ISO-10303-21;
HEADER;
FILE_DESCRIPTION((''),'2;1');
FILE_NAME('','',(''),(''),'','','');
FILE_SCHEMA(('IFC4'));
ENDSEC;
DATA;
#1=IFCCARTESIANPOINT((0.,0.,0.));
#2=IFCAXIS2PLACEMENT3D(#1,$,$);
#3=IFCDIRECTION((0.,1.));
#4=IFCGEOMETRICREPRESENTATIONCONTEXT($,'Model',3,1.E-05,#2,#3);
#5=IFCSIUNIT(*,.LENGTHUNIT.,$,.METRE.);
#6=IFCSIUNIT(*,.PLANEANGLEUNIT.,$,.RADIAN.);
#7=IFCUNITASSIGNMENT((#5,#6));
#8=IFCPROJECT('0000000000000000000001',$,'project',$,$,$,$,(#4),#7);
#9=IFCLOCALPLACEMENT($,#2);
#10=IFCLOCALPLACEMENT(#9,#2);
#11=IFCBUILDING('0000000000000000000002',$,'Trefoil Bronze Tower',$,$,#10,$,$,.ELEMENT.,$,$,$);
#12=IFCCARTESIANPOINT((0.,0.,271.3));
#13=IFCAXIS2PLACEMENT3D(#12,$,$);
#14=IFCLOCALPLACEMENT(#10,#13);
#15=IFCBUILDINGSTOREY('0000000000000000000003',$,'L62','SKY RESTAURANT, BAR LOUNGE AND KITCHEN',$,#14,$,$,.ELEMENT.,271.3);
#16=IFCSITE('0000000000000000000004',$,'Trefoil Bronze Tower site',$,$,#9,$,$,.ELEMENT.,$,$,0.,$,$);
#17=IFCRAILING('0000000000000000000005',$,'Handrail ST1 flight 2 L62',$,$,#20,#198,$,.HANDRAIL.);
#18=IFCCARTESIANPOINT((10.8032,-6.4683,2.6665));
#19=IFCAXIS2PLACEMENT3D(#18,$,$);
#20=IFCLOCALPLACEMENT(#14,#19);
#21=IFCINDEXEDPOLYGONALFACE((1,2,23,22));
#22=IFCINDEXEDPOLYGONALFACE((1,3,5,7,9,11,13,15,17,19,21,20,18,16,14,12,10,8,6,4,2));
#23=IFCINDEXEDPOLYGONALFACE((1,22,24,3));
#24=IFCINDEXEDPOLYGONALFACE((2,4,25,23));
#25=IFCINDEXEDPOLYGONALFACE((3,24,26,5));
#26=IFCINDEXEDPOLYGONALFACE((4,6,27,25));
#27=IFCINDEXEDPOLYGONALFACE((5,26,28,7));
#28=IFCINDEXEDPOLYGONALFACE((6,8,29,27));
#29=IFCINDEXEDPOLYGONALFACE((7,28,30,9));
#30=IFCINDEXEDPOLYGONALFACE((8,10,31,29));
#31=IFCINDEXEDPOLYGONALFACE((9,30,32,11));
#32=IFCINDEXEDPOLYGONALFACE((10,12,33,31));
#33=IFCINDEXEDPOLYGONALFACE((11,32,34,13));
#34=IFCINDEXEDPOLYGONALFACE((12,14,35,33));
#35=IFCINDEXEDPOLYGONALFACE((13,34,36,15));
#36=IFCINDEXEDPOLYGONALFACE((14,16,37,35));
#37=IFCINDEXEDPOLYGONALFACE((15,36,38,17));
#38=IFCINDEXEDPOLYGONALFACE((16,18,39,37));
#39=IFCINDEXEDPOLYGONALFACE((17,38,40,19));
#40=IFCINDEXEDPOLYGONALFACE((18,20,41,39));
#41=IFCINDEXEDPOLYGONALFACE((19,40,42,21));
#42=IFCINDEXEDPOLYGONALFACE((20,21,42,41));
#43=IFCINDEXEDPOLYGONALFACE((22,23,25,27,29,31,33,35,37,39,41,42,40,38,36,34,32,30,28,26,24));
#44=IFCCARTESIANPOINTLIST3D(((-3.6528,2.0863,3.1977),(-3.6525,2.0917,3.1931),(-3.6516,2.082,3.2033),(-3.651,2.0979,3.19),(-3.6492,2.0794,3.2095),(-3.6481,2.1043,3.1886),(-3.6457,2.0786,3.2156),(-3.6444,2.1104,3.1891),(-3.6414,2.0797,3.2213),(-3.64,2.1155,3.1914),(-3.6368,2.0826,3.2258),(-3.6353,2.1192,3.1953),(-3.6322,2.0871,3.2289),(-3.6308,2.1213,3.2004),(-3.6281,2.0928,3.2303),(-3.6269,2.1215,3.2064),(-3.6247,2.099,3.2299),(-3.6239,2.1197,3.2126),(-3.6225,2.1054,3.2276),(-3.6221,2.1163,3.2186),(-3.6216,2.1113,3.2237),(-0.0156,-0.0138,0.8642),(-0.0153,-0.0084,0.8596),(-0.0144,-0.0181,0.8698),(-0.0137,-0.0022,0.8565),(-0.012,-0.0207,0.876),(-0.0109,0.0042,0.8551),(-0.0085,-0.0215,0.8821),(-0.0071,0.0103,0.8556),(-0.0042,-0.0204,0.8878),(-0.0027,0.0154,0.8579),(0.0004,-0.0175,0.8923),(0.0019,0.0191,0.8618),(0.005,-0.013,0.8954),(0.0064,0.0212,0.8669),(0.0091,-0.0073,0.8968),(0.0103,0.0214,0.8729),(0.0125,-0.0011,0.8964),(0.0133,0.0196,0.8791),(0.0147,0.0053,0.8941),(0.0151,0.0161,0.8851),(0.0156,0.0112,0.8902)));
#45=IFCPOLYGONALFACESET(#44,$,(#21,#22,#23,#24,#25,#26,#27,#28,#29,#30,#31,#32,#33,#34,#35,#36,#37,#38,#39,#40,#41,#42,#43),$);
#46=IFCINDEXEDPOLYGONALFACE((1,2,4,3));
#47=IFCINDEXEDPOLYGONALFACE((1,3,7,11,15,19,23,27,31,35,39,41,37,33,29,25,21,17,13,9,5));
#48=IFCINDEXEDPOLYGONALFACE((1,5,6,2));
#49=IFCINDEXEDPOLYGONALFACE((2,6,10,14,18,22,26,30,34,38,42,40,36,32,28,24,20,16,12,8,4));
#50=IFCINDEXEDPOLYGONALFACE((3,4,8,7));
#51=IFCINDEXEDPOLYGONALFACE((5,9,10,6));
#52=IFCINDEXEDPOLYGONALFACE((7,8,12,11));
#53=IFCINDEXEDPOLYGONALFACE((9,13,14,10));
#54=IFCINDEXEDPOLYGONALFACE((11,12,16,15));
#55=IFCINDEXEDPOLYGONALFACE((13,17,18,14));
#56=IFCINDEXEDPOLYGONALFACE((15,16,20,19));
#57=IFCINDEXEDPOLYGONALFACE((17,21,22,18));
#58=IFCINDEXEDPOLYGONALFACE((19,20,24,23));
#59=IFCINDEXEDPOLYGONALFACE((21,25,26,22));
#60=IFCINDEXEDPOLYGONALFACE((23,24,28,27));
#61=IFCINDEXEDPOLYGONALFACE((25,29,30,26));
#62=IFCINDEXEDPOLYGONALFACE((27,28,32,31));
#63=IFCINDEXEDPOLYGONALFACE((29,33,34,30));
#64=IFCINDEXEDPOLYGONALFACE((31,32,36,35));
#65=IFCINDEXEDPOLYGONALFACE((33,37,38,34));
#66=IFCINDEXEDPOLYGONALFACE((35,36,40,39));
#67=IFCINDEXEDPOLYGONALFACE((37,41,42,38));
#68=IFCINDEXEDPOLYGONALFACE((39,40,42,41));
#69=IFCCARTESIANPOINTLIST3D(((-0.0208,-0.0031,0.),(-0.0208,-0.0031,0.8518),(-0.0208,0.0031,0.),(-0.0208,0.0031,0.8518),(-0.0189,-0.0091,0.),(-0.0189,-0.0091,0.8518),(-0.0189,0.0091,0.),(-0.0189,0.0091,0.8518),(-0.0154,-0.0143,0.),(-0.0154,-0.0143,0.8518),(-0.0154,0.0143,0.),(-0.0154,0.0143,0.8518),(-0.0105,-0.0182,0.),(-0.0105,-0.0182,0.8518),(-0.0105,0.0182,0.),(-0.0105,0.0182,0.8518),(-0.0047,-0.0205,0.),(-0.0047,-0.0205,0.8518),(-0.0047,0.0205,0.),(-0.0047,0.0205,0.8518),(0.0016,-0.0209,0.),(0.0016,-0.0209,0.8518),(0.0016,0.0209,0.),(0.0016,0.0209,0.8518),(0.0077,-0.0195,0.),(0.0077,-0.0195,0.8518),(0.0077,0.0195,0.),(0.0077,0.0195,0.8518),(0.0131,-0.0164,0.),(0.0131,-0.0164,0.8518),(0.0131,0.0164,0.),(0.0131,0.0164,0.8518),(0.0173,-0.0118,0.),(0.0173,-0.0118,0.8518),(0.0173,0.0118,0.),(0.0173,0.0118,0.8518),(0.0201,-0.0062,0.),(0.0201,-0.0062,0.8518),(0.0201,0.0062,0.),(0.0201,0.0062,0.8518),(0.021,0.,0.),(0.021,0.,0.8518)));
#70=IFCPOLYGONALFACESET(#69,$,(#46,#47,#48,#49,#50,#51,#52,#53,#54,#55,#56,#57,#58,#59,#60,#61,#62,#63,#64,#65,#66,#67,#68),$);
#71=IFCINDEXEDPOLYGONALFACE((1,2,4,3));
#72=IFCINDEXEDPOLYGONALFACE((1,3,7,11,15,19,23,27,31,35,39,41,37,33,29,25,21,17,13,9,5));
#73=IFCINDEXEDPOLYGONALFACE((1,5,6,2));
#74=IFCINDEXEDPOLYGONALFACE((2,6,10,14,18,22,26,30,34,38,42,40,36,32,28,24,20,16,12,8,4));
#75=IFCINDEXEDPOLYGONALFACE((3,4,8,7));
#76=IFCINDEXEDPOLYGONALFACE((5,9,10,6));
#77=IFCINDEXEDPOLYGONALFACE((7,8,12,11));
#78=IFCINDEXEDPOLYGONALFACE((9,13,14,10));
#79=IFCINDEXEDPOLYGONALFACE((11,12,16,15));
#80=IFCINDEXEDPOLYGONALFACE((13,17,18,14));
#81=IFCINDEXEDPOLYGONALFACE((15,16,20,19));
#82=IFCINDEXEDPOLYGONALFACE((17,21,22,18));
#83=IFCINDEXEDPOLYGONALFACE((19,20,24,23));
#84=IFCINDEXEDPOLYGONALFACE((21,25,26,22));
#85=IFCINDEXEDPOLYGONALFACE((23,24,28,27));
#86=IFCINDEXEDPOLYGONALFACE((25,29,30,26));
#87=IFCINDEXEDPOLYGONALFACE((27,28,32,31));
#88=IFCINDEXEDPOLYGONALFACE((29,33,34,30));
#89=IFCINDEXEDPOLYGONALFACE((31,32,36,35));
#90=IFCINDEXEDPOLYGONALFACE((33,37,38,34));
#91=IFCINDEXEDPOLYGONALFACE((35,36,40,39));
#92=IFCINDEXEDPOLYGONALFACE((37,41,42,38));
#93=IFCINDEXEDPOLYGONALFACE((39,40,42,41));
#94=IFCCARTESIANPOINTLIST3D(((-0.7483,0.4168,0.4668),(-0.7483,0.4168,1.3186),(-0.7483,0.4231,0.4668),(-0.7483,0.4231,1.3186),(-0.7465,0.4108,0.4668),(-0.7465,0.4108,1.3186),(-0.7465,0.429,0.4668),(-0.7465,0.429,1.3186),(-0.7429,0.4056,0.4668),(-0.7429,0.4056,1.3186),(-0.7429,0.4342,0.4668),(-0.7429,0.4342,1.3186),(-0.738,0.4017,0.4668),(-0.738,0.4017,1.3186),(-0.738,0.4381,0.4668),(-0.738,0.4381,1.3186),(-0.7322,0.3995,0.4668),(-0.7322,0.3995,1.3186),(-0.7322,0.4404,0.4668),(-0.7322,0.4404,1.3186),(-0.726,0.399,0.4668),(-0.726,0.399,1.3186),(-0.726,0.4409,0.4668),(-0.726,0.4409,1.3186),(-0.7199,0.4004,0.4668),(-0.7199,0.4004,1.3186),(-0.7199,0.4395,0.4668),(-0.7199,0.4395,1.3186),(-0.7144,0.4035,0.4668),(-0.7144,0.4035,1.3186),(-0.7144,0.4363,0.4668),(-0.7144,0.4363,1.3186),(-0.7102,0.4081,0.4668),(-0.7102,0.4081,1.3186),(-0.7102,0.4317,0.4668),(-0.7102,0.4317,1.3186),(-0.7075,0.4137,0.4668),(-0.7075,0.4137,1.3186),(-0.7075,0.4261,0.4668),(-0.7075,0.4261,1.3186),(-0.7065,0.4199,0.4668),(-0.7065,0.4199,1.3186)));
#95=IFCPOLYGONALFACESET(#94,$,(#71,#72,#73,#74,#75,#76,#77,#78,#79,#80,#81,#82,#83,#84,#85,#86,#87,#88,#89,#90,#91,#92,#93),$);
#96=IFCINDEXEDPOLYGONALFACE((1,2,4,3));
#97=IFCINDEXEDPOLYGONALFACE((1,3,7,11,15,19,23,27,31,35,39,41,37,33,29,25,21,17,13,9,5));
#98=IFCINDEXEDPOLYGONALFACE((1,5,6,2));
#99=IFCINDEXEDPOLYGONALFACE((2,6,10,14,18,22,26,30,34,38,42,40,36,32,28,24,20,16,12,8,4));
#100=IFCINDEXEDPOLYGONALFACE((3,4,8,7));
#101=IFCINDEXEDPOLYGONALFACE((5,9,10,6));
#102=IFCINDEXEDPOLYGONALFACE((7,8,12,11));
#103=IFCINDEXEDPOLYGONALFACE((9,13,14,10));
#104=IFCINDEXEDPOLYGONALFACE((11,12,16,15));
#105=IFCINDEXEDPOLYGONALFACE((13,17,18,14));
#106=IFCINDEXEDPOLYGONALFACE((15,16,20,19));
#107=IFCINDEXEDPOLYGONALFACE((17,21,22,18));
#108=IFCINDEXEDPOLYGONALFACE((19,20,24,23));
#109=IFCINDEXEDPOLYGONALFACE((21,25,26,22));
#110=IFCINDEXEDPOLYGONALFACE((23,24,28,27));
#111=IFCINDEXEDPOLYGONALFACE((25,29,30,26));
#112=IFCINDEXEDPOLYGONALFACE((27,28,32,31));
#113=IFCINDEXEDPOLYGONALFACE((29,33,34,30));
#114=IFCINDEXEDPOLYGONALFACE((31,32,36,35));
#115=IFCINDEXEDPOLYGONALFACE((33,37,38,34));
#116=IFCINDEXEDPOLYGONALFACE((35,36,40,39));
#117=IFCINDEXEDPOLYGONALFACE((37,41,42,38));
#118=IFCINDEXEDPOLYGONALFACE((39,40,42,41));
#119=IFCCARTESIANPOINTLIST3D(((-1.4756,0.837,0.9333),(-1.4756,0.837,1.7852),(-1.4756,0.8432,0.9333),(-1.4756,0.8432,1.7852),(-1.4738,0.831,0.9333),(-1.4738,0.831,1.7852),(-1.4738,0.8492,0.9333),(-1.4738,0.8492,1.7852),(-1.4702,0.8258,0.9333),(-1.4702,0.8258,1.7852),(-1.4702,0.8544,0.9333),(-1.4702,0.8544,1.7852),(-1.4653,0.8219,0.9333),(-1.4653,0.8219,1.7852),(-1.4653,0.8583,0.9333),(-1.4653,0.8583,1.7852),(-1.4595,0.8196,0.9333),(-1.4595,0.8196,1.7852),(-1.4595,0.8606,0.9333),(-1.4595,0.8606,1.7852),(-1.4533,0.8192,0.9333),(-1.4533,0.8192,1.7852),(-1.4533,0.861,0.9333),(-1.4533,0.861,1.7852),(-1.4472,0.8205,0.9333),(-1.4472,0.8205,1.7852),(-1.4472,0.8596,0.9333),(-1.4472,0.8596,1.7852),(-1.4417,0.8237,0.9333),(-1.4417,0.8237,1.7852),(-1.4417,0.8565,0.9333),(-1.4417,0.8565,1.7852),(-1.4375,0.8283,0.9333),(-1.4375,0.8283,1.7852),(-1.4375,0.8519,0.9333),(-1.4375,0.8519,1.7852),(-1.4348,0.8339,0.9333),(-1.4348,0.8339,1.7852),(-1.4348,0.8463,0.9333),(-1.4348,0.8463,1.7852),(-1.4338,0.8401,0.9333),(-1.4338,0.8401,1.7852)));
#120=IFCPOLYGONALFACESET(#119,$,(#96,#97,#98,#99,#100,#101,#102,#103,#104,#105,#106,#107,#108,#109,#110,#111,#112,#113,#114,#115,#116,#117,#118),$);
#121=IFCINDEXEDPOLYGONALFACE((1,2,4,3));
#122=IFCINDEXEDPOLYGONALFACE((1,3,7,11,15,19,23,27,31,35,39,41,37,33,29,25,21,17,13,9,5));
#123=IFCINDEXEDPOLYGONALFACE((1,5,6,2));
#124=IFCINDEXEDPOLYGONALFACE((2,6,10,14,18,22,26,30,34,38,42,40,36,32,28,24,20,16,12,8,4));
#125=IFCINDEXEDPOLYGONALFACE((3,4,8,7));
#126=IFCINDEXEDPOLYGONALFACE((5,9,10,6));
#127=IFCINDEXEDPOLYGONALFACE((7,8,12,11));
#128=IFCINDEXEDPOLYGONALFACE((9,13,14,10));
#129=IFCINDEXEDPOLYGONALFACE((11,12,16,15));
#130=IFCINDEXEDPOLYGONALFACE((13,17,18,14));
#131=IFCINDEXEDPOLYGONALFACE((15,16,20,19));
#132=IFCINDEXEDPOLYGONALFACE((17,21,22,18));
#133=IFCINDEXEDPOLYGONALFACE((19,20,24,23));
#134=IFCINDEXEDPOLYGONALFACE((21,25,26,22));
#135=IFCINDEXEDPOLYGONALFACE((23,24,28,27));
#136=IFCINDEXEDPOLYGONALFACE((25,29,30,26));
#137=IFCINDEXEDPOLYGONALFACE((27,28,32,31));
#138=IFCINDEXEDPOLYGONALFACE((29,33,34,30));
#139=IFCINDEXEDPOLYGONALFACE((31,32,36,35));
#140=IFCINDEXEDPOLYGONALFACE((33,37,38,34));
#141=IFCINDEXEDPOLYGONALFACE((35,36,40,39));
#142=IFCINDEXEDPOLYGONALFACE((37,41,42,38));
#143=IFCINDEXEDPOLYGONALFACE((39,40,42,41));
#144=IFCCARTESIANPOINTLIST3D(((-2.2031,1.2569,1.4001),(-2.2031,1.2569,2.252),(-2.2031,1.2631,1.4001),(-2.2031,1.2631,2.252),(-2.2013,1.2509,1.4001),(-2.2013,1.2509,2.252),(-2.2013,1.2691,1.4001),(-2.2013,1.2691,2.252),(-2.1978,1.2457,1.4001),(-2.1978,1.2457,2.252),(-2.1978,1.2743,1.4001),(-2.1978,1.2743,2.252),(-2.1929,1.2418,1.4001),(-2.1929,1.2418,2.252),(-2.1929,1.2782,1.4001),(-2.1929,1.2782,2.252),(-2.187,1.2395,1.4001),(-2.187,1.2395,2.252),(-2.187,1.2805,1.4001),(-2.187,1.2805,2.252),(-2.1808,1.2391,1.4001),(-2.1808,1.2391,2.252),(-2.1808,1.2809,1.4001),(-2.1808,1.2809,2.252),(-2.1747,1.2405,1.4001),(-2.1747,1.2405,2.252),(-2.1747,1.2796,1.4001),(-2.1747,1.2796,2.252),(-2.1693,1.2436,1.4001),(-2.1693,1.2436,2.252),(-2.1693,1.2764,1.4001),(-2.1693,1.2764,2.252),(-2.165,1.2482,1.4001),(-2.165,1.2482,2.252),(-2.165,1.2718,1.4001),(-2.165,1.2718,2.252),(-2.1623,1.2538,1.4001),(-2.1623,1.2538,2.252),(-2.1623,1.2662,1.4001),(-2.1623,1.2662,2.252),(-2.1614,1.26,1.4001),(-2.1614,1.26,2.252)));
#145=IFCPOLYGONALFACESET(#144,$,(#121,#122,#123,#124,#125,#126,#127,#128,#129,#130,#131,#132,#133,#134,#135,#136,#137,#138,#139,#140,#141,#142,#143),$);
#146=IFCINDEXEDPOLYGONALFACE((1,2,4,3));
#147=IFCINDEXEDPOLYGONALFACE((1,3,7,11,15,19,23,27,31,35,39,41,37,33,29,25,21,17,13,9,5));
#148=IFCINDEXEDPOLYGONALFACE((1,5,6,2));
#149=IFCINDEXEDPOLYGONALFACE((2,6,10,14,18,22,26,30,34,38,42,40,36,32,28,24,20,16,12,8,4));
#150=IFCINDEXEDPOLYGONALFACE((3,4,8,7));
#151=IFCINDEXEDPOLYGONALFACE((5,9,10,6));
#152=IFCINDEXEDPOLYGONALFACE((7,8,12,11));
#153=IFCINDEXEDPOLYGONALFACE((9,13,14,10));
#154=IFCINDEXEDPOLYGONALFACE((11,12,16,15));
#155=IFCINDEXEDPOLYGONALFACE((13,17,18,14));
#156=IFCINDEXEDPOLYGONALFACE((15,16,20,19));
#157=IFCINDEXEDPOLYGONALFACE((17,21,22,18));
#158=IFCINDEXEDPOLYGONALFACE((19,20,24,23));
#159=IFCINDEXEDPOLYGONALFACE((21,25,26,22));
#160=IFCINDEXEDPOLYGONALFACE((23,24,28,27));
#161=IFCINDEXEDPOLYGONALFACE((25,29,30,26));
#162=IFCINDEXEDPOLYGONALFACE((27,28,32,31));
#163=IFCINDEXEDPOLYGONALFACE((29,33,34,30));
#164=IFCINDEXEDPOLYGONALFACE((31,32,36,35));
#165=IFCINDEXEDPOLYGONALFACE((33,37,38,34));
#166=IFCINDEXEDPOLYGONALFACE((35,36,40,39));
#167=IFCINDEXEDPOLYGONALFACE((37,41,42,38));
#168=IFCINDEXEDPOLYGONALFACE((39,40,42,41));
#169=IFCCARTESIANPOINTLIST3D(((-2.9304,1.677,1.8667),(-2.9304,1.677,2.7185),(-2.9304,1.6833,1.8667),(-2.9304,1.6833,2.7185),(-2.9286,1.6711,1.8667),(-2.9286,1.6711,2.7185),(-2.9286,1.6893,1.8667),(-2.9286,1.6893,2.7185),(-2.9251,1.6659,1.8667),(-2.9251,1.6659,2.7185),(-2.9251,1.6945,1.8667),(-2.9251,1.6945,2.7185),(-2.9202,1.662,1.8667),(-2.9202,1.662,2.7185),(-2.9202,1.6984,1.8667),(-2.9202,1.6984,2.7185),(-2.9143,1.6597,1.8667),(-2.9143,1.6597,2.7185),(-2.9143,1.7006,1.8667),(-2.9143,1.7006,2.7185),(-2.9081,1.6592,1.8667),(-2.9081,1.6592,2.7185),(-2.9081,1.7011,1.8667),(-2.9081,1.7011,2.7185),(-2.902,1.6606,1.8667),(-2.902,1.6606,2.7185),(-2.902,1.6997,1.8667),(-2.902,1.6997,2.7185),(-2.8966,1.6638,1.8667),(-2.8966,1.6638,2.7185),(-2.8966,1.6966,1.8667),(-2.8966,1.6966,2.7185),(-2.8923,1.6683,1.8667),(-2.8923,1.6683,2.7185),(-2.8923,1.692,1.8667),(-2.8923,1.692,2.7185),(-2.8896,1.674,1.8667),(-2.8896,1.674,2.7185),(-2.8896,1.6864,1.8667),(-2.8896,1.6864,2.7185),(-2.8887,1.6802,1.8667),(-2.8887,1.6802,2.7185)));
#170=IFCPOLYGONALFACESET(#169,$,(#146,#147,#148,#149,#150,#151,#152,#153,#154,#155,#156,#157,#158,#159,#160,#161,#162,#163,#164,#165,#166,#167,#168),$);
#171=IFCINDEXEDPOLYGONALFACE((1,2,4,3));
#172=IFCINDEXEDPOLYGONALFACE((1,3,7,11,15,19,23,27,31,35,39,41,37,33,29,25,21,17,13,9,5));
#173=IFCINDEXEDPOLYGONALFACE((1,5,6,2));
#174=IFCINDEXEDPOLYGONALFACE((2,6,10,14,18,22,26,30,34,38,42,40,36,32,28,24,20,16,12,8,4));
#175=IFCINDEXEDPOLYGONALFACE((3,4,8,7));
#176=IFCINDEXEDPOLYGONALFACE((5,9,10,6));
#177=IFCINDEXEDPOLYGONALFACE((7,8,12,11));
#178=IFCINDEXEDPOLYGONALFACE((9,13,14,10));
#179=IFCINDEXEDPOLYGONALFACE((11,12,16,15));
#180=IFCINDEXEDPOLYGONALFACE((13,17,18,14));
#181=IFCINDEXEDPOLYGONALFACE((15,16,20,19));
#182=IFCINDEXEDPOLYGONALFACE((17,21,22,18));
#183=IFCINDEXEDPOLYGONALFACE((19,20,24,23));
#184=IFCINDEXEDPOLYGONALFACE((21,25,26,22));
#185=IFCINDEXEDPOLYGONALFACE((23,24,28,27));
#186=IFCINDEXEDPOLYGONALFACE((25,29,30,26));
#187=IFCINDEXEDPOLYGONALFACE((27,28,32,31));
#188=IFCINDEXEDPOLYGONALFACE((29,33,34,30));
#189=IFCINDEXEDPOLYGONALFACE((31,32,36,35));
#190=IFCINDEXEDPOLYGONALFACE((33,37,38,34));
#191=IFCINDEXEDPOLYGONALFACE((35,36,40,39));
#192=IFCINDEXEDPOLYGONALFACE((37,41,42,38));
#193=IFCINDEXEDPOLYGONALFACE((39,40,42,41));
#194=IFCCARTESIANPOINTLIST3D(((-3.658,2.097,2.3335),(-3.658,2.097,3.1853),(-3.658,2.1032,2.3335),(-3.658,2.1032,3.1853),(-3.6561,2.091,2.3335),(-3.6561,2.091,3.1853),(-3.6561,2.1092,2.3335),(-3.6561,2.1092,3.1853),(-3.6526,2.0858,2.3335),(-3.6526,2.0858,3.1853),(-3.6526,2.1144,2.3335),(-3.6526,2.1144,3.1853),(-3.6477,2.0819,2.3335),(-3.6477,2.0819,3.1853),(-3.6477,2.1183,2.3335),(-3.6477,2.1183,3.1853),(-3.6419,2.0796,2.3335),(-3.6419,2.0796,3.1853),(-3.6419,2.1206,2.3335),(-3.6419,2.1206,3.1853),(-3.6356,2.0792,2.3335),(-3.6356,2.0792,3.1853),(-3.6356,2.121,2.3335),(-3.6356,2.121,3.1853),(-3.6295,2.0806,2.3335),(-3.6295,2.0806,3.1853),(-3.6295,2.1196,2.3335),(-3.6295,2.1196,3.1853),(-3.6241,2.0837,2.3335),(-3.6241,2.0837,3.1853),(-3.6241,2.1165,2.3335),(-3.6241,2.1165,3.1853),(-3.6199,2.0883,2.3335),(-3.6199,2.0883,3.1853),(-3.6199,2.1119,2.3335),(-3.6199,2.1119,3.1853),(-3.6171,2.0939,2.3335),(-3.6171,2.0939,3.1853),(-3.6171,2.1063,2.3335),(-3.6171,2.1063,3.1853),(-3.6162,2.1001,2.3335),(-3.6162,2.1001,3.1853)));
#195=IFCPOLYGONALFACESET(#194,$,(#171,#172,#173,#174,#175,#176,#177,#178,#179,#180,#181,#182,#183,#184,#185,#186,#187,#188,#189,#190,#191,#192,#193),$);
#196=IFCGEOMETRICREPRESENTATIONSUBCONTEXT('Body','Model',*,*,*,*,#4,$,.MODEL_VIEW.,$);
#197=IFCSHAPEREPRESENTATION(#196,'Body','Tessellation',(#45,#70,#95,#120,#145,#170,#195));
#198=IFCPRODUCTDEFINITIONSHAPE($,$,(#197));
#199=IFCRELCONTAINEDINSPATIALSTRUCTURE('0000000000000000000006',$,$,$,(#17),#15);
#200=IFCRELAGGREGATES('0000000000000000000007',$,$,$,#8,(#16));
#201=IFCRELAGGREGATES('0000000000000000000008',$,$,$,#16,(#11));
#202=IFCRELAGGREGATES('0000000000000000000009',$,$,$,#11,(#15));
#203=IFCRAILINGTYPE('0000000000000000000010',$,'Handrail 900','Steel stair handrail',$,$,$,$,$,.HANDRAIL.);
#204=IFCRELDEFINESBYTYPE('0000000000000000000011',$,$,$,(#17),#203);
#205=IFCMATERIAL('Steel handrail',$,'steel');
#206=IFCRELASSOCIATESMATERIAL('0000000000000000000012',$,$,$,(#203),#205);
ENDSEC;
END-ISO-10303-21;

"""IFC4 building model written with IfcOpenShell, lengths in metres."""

from ifc_helpers import new_model, si_unit, direction, frame, origin, origin_2d, place, context, subcontext, project, spatial, circle, extrude, material, type_object, element, save


model = new_model("IFC4")

# Units and contexts
model_context = context("Model", 3, precision=1e-05, world=origin(), true_north=direction((0.0, 1.0)))
body_context = subcontext(model_context, "Body", "Model", "MODEL_VIEW")
ifc_project = project(units=[si_unit("LENGTHUNIT", "METRE"), si_unit("PLANEANGLEUNIT", "RADIAN")], contexts=[model_context])

# Site, building, storey
site_placement = place(None, origin())
site = spatial("IfcSite", under=ifc_project, at=site_placement, Name="Trefoil Bronze Tower site", CompositionType="ELEMENT", RefElevation=0.0)
building_placement = place(site_placement, origin())
building = spatial("IfcBuilding", under=site, at=building_placement, Name="Trefoil Bronze Tower", CompositionType="ELEMENT")
storey_placement = place(building_placement, frame((0.0, 0.0, 271.3)))
storey = spatial("IfcBuildingStorey", under=building, at=storey_placement, Name="L62", Description="SKY RESTAURANT, BAR LOUNGE AND KITCHEN", CompositionType="ELEMENT", Elevation=271.3)

# Railing
ifc_material_1 = material(Name="Steel handrail", Category="steel")
railing_type = type_object("IfcRailingType", Name="Handrail 900", Description="Steel stair handrail", PredefinedType="HANDRAIL", material=ifc_material_1)
railing_1_placement = place(storey_placement, frame((10.8032, -6.4683, 2.6665)))
element("IfcRailing", 1, at=railing_1_placement, inside=storey, type_object=railing_type, Name="Handrail ST1 flight 2 L62", PredefinedType="HANDRAIL", context=body_context, shape_type="SweptSolid", body=[
    extrude(circle(Radius=0.0239, at=origin_2d()), frame((0.0, 0.0, 0.876), z_axis=(-0.757014, 0.437095, 0.485672), x_axis=(-0.500028, -0.866009, 0.0)), (0.0, 0.0, 1.0), 4.8047),
    extrude(circle(Radius=0.021, at=origin_2d()), origin(), (0.0, 0.0, 1.0), 0.8518),
    extrude(circle(Radius=0.021, at=origin_2d()), frame((-0.7275, 0.4199, 0.4668)), (0.0, 0.0, 1.0), 0.8518),
    extrude(circle(Radius=0.021, at=origin_2d()), frame((-1.4548, 0.8401, 0.9333)), (0.0, 0.0, 1.0), 0.8518),
    extrude(circle(Radius=0.021, at=origin_2d()), frame((-2.1824, 1.26, 1.4001)), (0.0, 0.0, 1.0), 0.8518),
    extrude(circle(Radius=0.021, at=origin_2d()), frame((-2.9097, 1.6802, 1.8667)), (0.0, 0.0, 1.0), 0.8518),
    extrude(circle(Radius=0.021, at=origin_2d()), frame((-3.6372, 2.1001, 2.3335)), (0.0, 0.0, 1.0), 0.8518),
])

save(model, "model.ifc")
